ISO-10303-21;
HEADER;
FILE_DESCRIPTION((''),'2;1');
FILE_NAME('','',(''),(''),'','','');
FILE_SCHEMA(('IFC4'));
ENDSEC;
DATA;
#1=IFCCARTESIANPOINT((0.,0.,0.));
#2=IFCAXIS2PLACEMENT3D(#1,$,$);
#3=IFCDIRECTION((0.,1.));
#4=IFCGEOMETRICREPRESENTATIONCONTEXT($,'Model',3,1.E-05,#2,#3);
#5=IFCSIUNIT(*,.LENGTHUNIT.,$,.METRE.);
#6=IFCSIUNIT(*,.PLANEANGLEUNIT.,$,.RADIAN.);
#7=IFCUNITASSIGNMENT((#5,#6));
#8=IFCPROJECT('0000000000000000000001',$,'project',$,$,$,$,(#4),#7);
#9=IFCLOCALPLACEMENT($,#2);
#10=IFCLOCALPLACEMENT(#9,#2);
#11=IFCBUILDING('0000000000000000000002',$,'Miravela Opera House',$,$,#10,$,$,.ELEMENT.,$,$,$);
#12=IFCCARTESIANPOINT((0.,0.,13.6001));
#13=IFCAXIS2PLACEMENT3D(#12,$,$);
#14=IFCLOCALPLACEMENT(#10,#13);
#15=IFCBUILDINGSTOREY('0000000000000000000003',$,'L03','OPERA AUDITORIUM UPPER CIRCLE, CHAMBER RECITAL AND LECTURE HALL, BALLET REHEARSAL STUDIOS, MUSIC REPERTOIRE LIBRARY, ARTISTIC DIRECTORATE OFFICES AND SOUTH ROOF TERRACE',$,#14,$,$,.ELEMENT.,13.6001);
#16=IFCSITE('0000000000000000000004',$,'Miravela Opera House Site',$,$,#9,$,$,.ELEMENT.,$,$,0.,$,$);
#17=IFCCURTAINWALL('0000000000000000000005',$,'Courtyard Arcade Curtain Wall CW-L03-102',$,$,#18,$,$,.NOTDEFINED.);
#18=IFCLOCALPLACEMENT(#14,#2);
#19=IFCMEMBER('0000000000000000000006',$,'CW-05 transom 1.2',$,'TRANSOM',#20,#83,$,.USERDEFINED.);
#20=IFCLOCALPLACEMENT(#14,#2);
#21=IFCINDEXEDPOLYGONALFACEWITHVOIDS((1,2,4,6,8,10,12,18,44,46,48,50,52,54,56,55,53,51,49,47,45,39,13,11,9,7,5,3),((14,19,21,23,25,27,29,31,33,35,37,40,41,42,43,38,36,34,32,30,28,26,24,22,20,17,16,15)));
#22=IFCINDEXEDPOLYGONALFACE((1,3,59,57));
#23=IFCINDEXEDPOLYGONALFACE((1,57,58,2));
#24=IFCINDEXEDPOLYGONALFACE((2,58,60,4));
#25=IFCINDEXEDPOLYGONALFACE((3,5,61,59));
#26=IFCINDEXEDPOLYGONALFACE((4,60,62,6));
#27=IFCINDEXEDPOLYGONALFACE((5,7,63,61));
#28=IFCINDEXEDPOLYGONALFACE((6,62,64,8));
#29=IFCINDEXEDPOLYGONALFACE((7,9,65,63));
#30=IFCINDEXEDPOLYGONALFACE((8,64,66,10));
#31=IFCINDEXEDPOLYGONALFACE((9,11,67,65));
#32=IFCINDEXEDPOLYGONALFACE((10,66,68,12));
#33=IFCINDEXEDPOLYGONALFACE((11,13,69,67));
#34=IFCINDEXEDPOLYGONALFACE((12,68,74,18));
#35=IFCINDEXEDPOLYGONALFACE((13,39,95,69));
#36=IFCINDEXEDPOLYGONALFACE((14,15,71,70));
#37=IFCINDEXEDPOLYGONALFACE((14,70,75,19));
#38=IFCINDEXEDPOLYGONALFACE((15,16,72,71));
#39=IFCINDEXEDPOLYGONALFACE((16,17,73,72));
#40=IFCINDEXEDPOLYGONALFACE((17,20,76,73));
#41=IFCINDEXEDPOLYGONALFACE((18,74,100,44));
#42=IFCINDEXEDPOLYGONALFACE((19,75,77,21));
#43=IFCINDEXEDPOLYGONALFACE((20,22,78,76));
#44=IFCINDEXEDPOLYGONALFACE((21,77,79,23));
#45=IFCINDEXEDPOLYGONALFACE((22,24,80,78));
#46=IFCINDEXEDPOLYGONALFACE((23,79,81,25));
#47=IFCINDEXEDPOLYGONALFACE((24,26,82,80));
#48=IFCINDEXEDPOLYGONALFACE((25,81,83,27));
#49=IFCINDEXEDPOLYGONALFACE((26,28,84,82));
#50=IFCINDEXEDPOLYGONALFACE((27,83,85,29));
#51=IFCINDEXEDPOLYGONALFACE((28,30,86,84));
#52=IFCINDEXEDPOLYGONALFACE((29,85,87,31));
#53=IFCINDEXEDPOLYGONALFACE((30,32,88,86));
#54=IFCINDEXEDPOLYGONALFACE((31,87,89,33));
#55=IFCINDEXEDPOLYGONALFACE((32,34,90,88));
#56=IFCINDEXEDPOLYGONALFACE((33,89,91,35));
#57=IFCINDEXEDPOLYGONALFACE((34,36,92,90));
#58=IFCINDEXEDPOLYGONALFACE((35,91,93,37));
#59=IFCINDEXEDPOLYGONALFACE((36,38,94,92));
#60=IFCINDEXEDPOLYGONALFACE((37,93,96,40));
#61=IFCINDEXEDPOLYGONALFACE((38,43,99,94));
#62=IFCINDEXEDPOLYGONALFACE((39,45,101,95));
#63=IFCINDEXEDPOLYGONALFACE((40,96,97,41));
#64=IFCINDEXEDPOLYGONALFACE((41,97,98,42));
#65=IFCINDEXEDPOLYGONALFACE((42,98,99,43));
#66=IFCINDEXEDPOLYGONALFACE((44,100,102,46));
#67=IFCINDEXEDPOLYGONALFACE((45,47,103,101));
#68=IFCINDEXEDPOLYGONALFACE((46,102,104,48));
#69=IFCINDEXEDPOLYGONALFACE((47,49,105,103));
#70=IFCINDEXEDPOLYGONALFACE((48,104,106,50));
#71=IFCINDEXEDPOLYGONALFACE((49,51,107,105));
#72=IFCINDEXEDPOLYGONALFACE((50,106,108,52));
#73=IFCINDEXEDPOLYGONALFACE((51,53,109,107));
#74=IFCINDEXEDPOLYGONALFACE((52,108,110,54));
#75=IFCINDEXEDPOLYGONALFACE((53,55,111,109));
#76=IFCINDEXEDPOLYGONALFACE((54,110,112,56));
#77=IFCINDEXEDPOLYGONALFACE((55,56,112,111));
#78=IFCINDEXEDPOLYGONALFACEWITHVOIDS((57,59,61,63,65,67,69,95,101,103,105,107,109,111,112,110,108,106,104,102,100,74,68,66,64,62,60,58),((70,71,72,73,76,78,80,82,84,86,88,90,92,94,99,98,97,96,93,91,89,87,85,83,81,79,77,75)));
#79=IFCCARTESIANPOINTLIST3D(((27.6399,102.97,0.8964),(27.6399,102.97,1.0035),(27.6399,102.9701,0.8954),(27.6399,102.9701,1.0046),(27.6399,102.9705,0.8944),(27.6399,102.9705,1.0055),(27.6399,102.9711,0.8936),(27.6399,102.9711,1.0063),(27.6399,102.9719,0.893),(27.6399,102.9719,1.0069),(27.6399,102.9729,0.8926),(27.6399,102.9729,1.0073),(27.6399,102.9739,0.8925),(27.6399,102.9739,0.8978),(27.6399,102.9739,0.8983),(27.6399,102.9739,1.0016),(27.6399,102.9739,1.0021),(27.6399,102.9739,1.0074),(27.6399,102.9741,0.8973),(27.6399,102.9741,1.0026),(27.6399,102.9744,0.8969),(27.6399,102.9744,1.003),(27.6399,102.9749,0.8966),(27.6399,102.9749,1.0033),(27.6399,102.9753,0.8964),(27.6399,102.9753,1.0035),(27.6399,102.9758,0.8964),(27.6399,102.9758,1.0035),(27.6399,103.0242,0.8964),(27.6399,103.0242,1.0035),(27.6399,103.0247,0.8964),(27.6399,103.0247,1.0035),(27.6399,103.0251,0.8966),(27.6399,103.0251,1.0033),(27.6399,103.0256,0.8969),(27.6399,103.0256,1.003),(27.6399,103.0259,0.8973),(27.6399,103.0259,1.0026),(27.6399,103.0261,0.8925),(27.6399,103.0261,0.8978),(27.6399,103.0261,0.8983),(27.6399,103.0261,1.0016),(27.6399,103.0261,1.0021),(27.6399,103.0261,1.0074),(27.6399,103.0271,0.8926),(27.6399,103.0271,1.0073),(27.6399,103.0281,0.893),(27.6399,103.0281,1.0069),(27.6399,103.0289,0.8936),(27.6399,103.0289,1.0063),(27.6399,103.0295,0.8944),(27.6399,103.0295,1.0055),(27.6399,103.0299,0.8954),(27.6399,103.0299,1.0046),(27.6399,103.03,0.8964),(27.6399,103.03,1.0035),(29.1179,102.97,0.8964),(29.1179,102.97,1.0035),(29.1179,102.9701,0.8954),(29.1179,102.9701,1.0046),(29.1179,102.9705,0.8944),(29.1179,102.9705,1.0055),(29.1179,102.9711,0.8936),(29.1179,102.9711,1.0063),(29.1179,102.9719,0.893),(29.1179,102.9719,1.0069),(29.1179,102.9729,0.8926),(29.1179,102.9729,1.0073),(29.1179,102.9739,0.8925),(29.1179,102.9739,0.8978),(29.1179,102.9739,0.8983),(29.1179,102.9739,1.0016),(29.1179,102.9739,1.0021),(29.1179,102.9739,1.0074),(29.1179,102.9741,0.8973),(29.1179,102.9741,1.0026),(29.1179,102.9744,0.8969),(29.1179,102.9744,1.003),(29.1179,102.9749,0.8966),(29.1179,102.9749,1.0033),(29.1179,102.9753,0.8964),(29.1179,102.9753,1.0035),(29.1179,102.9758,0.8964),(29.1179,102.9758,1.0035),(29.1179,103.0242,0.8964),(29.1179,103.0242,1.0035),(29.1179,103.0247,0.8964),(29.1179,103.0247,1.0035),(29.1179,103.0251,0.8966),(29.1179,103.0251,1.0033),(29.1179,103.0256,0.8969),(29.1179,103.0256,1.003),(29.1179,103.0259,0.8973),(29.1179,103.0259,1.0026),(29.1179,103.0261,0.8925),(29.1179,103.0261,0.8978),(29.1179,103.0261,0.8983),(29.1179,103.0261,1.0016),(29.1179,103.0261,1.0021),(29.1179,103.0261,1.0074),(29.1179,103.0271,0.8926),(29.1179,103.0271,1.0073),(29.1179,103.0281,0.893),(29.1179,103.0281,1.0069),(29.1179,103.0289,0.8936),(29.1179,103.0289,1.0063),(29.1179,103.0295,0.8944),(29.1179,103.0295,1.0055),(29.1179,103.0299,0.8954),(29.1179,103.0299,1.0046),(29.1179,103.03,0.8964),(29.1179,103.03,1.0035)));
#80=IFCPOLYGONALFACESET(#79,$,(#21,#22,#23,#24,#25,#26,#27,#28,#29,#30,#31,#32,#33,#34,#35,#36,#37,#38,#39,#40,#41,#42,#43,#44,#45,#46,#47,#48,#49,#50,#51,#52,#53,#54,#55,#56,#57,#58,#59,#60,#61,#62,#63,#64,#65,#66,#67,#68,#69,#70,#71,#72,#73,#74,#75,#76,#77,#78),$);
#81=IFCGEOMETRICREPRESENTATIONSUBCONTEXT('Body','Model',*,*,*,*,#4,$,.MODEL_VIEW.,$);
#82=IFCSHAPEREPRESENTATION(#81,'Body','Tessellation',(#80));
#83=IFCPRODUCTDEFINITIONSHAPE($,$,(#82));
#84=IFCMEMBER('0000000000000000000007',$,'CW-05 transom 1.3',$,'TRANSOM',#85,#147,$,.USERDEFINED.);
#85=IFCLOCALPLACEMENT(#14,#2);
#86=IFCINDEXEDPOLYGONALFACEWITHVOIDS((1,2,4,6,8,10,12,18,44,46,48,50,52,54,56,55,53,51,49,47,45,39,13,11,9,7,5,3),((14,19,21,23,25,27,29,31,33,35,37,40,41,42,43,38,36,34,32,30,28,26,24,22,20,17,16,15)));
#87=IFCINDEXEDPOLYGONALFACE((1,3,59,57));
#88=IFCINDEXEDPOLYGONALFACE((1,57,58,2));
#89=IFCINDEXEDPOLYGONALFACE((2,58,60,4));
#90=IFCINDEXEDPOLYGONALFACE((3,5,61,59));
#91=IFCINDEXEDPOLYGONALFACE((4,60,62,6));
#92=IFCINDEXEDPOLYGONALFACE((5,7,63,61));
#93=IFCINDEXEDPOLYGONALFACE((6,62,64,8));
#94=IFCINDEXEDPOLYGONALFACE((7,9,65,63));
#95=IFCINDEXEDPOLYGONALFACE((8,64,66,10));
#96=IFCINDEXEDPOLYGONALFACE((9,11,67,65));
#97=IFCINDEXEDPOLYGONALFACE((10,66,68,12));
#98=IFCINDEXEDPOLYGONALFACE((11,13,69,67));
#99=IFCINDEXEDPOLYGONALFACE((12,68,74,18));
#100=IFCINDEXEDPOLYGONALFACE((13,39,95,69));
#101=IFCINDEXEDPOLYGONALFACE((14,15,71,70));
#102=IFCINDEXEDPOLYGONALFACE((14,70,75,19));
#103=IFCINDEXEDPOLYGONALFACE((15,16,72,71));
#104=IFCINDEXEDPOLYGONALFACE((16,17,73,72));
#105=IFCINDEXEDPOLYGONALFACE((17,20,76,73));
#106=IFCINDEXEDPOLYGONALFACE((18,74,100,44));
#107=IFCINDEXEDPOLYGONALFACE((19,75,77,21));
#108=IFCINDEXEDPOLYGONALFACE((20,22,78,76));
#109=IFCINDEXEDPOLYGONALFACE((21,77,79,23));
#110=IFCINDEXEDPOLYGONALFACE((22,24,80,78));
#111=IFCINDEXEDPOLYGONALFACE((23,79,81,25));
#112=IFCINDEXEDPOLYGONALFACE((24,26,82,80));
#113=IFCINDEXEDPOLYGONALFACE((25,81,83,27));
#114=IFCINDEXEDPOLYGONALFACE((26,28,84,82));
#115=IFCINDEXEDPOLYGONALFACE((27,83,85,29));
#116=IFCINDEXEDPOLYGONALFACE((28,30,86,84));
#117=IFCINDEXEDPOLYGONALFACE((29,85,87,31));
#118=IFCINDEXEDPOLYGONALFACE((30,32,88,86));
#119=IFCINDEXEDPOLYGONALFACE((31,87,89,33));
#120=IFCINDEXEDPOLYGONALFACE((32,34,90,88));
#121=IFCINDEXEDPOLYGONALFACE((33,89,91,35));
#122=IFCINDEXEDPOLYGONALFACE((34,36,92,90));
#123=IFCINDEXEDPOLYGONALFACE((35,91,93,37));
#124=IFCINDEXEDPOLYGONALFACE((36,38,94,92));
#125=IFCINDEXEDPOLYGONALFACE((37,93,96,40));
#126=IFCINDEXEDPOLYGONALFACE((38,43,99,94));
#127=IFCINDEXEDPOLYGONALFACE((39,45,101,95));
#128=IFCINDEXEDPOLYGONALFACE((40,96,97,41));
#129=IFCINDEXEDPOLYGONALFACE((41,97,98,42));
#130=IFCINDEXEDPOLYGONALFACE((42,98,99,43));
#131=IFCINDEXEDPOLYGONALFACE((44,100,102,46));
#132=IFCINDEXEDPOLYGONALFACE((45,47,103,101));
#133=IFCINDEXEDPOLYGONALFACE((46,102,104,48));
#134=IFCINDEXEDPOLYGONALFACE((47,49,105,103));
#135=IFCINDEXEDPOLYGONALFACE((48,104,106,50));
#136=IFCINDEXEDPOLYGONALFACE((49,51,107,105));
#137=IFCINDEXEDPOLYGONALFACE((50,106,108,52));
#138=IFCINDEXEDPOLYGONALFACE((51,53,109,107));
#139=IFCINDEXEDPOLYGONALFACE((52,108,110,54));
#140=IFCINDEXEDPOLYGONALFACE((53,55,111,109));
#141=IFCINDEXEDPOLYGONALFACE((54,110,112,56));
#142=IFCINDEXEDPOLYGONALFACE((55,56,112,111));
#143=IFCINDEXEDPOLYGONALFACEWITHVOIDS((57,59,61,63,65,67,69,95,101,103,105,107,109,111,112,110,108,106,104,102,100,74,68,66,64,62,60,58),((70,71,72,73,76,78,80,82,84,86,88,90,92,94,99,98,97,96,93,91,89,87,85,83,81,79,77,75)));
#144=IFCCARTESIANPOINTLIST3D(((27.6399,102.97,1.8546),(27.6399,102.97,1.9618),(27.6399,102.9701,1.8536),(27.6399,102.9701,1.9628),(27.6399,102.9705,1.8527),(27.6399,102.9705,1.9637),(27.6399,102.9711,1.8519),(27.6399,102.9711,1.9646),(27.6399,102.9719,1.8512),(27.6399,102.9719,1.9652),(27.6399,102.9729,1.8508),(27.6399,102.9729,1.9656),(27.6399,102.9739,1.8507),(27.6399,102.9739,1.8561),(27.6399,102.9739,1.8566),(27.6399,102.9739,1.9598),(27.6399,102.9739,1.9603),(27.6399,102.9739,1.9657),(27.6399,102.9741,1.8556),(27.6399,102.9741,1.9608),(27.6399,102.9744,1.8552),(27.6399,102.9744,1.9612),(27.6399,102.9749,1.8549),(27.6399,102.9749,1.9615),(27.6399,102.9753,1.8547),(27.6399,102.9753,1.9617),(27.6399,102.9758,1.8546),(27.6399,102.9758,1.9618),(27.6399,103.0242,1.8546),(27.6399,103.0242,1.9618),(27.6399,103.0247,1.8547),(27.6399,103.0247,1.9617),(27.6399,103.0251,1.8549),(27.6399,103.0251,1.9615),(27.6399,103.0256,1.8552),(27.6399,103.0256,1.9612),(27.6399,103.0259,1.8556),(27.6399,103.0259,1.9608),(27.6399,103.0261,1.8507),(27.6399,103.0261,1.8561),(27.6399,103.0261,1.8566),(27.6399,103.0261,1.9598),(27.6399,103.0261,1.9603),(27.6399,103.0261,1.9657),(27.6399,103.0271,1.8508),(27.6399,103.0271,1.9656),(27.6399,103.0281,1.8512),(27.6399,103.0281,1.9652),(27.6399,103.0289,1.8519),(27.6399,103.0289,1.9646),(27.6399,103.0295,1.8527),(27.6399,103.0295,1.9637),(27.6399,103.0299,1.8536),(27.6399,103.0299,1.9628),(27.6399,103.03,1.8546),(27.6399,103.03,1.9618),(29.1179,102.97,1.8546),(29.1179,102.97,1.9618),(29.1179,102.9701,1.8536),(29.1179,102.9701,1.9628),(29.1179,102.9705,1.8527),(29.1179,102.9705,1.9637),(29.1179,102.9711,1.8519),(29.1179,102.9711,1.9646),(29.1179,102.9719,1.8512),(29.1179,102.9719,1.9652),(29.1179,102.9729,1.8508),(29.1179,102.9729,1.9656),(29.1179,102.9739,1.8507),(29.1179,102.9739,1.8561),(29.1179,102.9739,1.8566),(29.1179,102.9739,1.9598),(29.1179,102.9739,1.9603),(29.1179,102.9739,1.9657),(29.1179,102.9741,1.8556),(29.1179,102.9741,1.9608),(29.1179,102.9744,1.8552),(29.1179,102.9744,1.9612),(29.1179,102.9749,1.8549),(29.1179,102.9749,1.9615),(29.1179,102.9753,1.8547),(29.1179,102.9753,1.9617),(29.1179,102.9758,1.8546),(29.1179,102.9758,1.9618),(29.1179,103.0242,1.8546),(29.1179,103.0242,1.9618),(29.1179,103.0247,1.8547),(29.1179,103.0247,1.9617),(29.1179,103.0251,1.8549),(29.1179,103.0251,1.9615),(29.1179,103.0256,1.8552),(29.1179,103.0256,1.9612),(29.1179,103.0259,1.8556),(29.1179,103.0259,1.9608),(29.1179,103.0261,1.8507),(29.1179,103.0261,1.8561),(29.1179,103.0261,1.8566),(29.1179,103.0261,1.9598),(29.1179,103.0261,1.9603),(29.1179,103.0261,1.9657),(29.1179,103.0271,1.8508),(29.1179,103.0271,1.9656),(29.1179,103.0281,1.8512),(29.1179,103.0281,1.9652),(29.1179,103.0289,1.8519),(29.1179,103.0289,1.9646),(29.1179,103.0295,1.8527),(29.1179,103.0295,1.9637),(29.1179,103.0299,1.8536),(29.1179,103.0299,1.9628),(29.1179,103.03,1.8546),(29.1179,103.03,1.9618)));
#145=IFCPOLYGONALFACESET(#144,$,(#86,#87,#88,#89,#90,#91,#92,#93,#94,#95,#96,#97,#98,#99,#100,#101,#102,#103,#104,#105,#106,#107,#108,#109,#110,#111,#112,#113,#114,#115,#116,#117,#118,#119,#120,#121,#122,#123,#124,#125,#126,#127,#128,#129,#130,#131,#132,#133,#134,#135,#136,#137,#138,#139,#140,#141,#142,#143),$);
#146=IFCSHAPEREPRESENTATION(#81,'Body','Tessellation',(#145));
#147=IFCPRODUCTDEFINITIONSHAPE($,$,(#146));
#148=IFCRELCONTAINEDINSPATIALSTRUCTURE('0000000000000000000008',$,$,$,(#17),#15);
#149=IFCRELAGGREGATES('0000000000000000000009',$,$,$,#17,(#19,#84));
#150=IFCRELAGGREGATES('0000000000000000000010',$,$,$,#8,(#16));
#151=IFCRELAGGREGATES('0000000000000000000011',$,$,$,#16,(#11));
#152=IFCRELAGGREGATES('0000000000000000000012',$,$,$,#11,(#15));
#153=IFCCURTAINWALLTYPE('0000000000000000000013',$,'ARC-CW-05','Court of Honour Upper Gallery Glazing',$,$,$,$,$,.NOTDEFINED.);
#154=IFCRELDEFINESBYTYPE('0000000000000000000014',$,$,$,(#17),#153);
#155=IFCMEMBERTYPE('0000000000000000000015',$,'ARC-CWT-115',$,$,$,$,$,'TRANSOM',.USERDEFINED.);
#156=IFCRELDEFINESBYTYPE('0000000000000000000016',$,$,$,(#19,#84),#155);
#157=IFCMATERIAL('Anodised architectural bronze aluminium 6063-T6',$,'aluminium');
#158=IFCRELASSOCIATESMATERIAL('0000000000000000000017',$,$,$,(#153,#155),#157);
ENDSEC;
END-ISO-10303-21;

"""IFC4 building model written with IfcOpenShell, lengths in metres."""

from ifc_helpers import new_model, si_unit, direction, frame, origin, origin_2d, place, context, subcontext, project, spatial, hollow_rectangle, extrude, material, material_profile, profile_set, type_object, element, aggregate, save


model = new_model("IFC4")

# Units and contexts
model_context = context("Model", 3, precision=1e-05, world=origin(), true_north=direction((0.0, 1.0)))
body_context = subcontext(model_context, "Body", "Model", "MODEL_VIEW")
ifc_project = project(units=[si_unit("LENGTHUNIT", "METRE"), si_unit("PLANEANGLEUNIT", "RADIAN")], contexts=[model_context])

# Site, building, storey
site_placement = place(None, origin())
site = spatial("IfcSite", under=ifc_project, at=site_placement, Name="Miravela Opera House Site", CompositionType="ELEMENT", RefElevation=0.0)
building_placement = place(site_placement, origin())
building = spatial("IfcBuilding", under=site, at=building_placement, Name="Miravela Opera House", CompositionType="ELEMENT")
storey_placement = place(building_placement, frame((0.0, 0.0, 13.6001)))
storey = spatial("IfcBuildingStorey", under=building, at=storey_placement, Name="L03", Description="OPERA AUDITORIUM UPPER CIRCLE, CHAMBER RECITAL AND LECTURE HALL, BALLET REHEARSAL STUDIOS, MUSIC REPERTOIRE LIBRARY, ARTISTIC DIRECTORATE OFFICES AND SOUTH ROOF TERRACE", CompositionType="ELEMENT", Elevation=13.6001)

# Curtain wall
ifc_material_1 = material(Name="Anodised architectural bronze aluminium 6063-T6", Category="aluminium")
curtain_wall_type = type_object("IfcCurtainWallType", Name="ARC-CW-05", Description="Court of Honour Upper Gallery Glazing", PredefinedType="NOTDEFINED", material=ifc_material_1)
curtain_wall_1_placement = place(storey_placement, origin())
curtain_wall_1 = element("IfcCurtainWall", 1, at=curtain_wall_1_placement, inside=storey, type_object=curtain_wall_type, Name="Courtyard Arcade Curtain Wall CW-L03-102", PredefinedType="NOTDEFINED")

# Members
ifc_material_profile_1 = material_profile(ifc_material_1, hollow_rectangle(XDim=0.0601, YDim=0.115, WallThickness=0.0039, InnerFilletRadius=0.002, OuterFilletRadius=0.0039, at=origin_2d()), Name="CWT-60X115")
ifc_profile_set_1 = profile_set([ifc_material_profile_1])
member_type_1 = type_object("IfcMemberType", Name="ARC-CWT-115", ElementType="TRANSOM", PredefinedType="USERDEFINED", material=ifc_profile_set_1)
member_1_placement = place(storey_placement, frame((27.6399, 103.0, 0.95), z_axis=(1.0, 0.0, 0.0), x_axis=(0.0, 1.0, 0.0)))
member_1 = element("IfcMember", 2, at=member_1_placement, type_object=member_type_1, Name="CW-05 transom 1.2", ObjectType="TRANSOM", PredefinedType="USERDEFINED", context=body_context, shape_type="SweptSolid", body=[
    extrude(hollow_rectangle(XDim=0.0601, YDim=0.115, WallThickness=0.0039, InnerFilletRadius=0.002, OuterFilletRadius=0.0039, at=origin_2d()), origin(), (0.0, 0.0, 1.0), 1.478),
])
member_2_placement = place(storey_placement, frame((27.6399, 103.0, 1.9082), z_axis=(1.0, 0.0, 0.0), x_axis=(0.0, 1.0, 0.0)))
member_2 = element("IfcMember", 3, at=member_2_placement, type_object=member_type_1, Name="CW-05 transom 1.3", ObjectType="TRANSOM", PredefinedType="USERDEFINED", context=body_context, shape_type="SweptSolid", body=[
    extrude(hollow_rectangle(XDim=0.0601, YDim=0.115, WallThickness=0.0039, InnerFilletRadius=0.002, OuterFilletRadius=0.0039, at=origin_2d()), origin(), (0.0, 0.0, 1.0), 1.478),
])

aggregate(curtain_wall_1, [member_1, member_2])

save(model, "model.ifc")
